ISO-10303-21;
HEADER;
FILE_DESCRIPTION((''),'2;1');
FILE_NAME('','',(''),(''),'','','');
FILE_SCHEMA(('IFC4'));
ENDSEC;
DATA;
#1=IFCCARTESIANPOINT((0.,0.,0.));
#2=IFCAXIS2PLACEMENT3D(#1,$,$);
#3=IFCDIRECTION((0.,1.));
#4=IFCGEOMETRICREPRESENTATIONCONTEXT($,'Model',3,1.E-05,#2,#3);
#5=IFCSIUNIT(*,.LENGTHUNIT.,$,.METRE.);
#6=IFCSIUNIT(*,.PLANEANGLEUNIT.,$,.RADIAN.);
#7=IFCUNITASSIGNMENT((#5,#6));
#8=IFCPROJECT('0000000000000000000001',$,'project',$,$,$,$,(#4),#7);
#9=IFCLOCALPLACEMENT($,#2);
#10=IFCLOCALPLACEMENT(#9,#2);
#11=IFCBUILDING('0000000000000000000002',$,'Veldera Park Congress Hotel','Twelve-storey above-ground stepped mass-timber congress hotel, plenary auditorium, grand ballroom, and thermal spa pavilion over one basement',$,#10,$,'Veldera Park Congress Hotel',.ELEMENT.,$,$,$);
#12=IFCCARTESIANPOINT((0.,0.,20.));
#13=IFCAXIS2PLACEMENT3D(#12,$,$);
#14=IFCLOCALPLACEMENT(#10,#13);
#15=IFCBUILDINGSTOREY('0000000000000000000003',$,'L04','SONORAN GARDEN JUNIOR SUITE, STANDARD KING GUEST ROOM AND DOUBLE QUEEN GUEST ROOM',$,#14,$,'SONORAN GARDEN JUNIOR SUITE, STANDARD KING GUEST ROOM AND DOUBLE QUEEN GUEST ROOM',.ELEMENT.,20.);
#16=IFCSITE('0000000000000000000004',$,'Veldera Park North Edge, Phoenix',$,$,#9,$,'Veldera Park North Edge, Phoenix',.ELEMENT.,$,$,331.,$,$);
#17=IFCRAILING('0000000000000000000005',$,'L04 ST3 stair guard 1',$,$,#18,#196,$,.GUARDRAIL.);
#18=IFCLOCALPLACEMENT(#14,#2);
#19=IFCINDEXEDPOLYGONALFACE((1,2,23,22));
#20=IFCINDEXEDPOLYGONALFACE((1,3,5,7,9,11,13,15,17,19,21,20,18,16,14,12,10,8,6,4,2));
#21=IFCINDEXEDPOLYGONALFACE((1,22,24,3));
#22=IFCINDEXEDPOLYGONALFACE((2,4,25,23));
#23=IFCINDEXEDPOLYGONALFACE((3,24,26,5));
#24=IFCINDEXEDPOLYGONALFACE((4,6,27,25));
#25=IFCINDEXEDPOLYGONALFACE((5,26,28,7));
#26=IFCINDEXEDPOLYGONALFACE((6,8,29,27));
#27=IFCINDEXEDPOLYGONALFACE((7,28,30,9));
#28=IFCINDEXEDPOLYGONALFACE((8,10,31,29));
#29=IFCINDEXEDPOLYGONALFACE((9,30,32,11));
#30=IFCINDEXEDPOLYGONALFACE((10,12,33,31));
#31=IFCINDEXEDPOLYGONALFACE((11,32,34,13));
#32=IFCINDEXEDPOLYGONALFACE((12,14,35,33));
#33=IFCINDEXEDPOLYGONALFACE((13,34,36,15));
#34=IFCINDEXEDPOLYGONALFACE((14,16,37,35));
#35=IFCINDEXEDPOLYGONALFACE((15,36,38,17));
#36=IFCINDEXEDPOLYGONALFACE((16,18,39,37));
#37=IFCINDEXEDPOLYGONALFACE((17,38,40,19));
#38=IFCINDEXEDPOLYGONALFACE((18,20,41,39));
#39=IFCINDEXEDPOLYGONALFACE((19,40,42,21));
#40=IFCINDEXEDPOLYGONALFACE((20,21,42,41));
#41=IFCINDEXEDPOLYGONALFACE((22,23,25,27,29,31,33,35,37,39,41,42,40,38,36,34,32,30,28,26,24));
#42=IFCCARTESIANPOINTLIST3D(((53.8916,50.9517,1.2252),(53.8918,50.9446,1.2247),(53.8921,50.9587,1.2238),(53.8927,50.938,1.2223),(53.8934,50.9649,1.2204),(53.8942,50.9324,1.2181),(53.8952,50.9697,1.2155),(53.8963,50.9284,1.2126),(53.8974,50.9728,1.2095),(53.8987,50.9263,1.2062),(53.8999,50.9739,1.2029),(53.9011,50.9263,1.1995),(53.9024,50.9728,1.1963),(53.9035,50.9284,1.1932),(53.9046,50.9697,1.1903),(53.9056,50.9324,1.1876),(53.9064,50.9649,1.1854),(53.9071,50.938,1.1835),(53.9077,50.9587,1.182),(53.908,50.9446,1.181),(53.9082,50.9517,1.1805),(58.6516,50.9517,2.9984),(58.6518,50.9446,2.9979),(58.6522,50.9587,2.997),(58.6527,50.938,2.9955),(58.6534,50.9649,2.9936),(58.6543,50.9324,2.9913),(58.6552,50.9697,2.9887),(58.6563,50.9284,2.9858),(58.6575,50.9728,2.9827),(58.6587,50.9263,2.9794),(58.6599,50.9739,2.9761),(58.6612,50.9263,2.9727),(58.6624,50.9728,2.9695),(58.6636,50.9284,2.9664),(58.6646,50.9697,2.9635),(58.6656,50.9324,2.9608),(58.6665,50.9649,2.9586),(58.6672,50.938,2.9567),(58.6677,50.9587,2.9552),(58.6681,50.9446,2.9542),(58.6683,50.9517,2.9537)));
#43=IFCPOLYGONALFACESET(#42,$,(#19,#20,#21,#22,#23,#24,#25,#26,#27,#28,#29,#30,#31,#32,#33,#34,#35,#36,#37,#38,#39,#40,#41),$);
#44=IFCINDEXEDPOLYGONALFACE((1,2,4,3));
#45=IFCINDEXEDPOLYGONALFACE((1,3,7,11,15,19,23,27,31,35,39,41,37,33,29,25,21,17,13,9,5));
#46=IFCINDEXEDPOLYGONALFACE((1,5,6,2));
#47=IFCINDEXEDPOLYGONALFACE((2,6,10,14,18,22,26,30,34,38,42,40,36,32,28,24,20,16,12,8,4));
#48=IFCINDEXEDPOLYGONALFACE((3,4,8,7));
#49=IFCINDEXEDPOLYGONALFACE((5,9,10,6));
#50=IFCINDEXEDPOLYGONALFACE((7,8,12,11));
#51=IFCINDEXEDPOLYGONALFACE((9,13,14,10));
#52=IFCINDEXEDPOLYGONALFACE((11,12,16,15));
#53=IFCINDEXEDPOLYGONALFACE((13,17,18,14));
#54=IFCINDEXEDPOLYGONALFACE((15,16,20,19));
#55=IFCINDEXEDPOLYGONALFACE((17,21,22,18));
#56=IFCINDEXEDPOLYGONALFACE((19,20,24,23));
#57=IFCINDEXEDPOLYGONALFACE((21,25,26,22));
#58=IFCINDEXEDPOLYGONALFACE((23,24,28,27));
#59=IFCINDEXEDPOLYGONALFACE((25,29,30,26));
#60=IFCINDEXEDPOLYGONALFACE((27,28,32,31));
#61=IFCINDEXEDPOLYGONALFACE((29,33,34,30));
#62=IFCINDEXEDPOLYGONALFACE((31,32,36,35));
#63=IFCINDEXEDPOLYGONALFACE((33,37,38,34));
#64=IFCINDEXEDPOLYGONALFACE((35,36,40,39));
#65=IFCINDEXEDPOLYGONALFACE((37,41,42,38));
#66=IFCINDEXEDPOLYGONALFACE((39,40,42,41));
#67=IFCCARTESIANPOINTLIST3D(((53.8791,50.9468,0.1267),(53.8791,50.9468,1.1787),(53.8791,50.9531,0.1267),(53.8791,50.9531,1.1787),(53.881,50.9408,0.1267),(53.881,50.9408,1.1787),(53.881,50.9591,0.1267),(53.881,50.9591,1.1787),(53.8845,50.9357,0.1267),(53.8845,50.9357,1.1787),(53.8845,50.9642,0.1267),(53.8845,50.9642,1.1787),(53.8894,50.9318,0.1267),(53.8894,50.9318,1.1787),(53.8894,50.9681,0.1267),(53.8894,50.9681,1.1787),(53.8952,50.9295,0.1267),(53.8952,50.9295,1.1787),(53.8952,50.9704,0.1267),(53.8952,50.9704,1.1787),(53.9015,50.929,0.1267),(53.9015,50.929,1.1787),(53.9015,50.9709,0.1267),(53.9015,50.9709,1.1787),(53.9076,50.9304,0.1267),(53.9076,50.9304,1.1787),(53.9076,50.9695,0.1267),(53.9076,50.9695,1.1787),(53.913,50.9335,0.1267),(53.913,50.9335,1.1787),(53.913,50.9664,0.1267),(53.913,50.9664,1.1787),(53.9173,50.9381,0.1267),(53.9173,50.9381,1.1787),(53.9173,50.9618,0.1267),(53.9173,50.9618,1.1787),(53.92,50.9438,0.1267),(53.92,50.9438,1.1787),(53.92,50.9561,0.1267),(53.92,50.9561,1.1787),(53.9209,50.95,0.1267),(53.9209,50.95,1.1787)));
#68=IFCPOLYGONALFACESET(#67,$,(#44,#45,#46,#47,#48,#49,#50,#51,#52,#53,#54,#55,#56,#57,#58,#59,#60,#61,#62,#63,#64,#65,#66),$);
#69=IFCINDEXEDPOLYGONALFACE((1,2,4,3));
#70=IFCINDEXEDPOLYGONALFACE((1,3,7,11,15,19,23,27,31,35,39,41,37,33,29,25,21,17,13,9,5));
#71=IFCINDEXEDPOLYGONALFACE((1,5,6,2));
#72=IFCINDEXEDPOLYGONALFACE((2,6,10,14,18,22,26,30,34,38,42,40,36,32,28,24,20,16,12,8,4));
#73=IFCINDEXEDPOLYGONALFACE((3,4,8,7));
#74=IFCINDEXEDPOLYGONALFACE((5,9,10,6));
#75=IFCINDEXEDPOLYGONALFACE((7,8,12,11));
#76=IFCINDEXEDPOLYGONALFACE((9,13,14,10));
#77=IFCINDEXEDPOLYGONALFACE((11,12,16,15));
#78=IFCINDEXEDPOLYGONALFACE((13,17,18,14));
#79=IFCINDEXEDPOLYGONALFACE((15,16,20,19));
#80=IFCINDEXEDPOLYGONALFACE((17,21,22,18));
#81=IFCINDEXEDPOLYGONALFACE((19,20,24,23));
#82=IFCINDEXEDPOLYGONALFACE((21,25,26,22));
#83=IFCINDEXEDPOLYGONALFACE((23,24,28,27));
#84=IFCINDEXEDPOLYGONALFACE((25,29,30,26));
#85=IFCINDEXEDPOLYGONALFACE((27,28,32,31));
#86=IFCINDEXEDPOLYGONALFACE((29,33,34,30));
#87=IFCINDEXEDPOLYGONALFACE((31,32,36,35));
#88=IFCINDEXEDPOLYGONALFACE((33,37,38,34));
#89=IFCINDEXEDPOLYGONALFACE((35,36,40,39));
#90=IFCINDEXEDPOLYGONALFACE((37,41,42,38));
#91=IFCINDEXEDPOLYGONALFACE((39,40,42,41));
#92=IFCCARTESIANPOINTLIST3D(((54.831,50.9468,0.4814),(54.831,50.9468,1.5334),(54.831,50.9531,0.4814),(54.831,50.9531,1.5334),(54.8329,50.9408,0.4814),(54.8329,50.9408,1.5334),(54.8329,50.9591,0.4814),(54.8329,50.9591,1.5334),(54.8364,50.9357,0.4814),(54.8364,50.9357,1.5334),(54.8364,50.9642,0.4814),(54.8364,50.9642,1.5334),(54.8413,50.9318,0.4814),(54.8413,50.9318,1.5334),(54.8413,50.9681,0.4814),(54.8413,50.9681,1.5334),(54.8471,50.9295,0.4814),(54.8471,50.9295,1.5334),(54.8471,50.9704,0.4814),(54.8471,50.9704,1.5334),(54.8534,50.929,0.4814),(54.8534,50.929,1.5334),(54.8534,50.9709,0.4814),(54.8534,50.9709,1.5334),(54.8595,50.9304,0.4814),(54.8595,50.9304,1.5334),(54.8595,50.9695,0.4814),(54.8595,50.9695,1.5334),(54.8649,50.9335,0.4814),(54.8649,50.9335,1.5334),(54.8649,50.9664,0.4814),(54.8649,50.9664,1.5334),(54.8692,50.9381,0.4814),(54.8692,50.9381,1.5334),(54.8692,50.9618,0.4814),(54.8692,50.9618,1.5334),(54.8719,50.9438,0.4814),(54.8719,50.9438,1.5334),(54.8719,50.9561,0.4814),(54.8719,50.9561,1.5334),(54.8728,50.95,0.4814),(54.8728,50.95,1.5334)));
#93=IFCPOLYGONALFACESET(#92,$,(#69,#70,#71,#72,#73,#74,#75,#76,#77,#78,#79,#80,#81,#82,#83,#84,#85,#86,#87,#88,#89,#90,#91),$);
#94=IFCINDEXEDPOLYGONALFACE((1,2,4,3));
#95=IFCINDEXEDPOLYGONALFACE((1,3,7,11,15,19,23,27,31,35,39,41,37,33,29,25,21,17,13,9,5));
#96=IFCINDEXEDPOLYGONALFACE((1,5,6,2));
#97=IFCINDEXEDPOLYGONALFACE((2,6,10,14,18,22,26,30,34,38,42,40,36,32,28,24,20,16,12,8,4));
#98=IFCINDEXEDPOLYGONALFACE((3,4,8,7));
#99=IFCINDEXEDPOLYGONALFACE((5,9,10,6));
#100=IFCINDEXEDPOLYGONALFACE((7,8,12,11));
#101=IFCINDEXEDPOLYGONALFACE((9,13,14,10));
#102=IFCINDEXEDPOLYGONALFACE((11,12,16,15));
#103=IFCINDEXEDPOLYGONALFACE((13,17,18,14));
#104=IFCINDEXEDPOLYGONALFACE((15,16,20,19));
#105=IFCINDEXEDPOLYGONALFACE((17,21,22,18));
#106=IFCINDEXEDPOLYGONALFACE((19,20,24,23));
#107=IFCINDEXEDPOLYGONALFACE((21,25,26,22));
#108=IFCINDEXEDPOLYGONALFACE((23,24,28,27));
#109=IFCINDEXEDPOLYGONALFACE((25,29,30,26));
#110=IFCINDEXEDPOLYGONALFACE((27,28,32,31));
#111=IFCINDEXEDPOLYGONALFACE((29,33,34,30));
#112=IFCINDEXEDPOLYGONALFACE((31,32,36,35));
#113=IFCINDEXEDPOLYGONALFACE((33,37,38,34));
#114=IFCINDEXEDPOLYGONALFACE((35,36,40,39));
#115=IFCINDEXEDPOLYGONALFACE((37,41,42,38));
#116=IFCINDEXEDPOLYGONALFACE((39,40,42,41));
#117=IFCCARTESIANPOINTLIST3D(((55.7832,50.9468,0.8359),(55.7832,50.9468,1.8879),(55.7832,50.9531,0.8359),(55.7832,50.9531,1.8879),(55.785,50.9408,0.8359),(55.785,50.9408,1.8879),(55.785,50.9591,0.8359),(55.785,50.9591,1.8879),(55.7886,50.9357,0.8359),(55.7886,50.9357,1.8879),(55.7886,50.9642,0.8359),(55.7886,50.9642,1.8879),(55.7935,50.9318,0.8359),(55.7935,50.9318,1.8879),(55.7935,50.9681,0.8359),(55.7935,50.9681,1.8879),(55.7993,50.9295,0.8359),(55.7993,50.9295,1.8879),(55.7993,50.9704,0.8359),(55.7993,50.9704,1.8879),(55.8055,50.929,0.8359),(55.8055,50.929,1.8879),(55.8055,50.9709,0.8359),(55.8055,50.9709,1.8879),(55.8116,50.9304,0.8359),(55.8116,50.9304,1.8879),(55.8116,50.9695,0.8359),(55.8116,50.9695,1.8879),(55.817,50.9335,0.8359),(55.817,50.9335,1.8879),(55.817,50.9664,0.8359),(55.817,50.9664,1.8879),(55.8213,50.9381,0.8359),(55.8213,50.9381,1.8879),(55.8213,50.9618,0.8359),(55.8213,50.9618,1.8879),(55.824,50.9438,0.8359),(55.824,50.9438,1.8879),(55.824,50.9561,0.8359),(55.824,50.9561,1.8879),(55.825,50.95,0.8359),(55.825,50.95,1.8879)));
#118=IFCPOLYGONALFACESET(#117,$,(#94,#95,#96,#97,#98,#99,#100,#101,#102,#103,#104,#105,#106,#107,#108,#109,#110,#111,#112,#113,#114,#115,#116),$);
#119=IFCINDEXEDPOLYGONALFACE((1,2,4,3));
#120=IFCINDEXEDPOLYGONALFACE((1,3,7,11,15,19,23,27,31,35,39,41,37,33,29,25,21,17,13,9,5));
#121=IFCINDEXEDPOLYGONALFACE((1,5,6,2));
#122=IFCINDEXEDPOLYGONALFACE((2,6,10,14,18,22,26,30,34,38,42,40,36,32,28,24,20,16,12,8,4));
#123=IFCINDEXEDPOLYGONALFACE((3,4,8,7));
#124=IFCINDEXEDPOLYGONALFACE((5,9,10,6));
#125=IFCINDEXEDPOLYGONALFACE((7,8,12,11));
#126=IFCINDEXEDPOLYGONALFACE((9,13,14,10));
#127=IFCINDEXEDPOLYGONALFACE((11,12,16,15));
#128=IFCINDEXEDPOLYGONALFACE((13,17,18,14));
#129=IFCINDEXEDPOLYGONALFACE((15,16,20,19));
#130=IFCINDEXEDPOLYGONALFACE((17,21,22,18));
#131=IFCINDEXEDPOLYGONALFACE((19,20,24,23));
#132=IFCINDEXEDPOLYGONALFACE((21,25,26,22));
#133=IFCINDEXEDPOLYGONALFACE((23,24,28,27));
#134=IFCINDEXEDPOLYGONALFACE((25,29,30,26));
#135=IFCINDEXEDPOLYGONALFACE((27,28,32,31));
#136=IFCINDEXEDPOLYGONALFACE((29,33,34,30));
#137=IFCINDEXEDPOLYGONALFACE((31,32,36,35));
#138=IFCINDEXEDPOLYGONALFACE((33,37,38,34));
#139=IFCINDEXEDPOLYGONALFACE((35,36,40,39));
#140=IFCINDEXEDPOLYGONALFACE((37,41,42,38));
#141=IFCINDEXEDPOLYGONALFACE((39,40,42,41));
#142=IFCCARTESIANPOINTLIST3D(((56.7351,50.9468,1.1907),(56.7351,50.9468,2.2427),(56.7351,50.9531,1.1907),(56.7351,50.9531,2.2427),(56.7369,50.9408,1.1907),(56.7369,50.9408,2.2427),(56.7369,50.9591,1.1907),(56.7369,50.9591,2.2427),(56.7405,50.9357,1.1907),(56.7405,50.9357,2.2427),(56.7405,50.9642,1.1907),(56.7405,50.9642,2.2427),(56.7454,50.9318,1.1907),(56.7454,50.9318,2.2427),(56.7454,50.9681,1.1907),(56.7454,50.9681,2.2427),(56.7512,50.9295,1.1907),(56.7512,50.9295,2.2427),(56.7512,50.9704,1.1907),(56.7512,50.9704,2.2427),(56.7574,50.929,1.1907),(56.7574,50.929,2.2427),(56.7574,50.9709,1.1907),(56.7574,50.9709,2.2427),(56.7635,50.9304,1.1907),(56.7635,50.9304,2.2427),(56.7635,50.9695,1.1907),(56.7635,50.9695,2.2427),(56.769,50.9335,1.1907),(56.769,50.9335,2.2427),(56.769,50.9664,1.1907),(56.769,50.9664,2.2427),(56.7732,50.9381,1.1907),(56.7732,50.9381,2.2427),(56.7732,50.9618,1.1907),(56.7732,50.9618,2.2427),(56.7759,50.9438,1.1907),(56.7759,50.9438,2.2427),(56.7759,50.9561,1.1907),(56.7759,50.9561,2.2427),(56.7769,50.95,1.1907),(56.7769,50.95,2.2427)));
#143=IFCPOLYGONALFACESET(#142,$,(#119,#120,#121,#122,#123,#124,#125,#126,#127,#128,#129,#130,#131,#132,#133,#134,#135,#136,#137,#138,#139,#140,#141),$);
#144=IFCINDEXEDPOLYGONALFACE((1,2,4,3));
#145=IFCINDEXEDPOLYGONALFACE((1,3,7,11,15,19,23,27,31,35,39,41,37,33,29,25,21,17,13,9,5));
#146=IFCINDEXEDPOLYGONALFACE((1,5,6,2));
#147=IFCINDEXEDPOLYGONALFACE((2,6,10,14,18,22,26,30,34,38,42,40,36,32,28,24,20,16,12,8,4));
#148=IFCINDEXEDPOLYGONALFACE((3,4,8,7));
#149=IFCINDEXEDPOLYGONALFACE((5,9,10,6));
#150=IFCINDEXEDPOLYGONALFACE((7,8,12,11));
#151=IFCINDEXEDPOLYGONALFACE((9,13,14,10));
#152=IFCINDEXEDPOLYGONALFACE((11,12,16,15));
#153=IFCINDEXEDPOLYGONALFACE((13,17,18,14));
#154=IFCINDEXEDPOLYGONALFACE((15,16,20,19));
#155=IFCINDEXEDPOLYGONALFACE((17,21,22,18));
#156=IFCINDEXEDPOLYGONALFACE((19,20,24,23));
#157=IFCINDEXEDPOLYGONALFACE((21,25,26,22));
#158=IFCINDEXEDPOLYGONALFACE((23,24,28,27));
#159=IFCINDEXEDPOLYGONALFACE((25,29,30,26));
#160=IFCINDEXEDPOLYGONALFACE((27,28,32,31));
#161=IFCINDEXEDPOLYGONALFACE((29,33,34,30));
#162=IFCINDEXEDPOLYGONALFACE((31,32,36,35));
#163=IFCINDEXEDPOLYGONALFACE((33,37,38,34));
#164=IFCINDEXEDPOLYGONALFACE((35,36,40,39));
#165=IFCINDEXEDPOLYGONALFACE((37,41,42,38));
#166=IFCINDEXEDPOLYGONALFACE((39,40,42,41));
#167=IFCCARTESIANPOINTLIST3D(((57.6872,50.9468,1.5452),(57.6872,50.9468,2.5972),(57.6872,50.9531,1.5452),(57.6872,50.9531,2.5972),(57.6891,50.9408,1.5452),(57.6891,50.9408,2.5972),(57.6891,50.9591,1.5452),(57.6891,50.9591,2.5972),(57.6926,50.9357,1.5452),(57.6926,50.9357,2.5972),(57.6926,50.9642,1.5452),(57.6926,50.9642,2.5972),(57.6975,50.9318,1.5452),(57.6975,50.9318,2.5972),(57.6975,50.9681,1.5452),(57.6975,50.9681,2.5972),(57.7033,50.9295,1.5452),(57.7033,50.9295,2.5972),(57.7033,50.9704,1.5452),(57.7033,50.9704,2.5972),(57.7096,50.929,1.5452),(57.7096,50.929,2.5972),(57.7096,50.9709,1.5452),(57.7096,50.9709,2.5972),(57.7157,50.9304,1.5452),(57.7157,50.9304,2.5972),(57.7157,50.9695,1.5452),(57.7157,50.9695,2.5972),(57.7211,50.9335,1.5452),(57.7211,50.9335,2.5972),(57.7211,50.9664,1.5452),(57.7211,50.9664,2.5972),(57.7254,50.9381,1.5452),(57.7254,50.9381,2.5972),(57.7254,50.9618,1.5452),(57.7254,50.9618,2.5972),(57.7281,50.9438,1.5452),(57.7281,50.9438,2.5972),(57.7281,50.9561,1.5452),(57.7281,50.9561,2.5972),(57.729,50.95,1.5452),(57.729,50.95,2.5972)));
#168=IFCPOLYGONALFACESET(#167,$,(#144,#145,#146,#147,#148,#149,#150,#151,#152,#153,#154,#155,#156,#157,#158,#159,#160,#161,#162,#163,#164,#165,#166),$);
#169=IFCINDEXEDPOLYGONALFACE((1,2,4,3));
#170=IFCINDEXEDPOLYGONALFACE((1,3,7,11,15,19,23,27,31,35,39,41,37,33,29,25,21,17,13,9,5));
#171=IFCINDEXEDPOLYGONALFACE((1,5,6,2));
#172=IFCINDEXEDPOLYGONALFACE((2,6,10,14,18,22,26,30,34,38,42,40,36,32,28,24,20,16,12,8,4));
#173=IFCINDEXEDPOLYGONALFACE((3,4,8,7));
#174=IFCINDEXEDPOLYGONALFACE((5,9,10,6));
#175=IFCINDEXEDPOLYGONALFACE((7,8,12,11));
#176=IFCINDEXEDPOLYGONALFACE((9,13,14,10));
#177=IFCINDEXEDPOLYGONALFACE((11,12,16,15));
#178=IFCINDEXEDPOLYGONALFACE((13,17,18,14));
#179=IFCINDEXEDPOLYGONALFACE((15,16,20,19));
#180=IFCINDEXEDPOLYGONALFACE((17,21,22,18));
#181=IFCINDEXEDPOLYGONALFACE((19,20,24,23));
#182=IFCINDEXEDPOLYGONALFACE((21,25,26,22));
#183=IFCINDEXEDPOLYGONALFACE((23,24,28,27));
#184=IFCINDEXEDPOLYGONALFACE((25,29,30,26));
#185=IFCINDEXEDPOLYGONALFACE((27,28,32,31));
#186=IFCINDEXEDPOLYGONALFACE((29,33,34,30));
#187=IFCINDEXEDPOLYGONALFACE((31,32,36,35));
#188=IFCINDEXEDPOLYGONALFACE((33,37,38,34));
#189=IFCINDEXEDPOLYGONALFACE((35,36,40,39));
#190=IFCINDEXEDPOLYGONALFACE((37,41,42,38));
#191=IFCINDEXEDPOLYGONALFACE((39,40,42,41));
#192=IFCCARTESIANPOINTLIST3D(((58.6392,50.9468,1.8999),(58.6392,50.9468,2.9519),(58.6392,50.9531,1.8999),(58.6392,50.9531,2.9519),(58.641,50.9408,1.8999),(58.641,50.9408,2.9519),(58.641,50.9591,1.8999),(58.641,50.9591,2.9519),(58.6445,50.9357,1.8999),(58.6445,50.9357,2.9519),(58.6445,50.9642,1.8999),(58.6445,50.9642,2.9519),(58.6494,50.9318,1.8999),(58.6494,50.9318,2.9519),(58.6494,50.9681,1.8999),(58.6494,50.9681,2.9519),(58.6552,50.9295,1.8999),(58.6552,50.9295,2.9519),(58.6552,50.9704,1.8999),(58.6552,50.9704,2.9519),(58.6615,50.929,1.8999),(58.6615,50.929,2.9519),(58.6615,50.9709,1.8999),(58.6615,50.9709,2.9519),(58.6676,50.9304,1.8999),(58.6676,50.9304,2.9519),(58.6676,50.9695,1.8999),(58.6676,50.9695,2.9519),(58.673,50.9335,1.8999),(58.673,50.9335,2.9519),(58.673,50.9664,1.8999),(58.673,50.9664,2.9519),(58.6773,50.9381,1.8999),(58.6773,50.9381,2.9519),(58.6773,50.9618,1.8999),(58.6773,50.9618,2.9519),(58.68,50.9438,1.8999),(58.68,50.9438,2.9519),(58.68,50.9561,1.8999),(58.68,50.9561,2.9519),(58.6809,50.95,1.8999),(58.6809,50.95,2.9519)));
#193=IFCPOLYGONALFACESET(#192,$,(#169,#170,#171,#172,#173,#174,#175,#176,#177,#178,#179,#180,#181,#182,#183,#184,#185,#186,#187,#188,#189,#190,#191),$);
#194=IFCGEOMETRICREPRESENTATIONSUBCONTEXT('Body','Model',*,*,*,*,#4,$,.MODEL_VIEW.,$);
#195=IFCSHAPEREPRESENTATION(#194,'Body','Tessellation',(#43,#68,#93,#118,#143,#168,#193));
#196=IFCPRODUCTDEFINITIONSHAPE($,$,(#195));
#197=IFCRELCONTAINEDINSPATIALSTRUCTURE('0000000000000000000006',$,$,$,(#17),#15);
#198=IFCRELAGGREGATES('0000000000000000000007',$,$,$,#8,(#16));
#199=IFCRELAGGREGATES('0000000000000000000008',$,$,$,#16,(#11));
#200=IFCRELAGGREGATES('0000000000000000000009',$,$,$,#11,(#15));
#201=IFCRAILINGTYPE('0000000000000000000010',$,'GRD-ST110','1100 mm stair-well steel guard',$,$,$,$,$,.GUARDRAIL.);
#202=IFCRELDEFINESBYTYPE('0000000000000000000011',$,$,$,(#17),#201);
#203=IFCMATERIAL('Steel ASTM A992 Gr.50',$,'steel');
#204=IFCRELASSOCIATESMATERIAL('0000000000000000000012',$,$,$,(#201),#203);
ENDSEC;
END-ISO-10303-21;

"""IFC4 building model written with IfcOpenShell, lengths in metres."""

from ifc_helpers import new_model, si_unit, direction, frame, origin, origin_2d, place, context, subcontext, project, spatial, circle, extrude, material, type_object, element, save


model = new_model("IFC4")

# Units and contexts
model_context = context("Model", 3, precision=1e-05, world=origin(), true_north=direction((0.0, 1.0)))
body_context = subcontext(model_context, "Body", "Model", "MODEL_VIEW")
ifc_project = project(units=[si_unit("LENGTHUNIT", "METRE"), si_unit("PLANEANGLEUNIT", "RADIAN")], contexts=[model_context])

# Site, building, storey
site_placement = place(None, origin())
site = spatial("IfcSite", under=ifc_project, at=site_placement, Name="Veldera Park North Edge, Phoenix", LongName="Veldera Park North Edge, Phoenix", CompositionType="ELEMENT", RefElevation=331.0)
building_placement = place(site_placement, origin())
building = spatial("IfcBuilding", under=site, at=building_placement, Name="Veldera Park Congress Hotel", Description="Twelve-storey above-ground stepped mass-timber congress hotel, plenary auditorium, grand ballroom, and thermal spa pavilion over one basement", LongName="Veldera Park Congress Hotel", CompositionType="ELEMENT")
storey_placement = place(building_placement, frame((0.0, 0.0, 20.0)))
storey = spatial("IfcBuildingStorey", under=building, at=storey_placement, Name="L04", Description="SONORAN GARDEN JUNIOR SUITE, STANDARD KING GUEST ROOM AND DOUBLE QUEEN GUEST ROOM", LongName="SONORAN GARDEN JUNIOR SUITE, STANDARD KING GUEST ROOM AND DOUBLE QUEEN GUEST ROOM", CompositionType="ELEMENT", Elevation=20.0)

# Railing
ifc_material_1 = material(Name="Steel ASTM A992 Gr.50", Category="steel")
railing_type_1 = type_object("IfcRailingType", Name="GRD-ST110", Description="1100 mm stair-well steel guard", PredefinedType="GUARDRAIL", material=ifc_material_1)
railing_1_placement = place(storey_placement, frame((53.8999, 50.95, 0.1267)))
element("IfcRailing", 1, at=railing_1_placement, inside=storey, type_object=railing_type_1, Name="L04 ST3 stair guard 1", PredefinedType="GUARDRAIL", context=body_context, shape_type="SweptSolid", body=[
    extrude(circle(Radius=0.0239, at=origin_2d()), frame((0.0, 0.0, 1.0762), z_axis=(0.937091, 0.0, 0.349084), x_axis=(0.0, 1.0, 0.0)), (0.0, 0.0, 1.0), 5.0796),
    extrude(circle(Radius=0.021, at=origin_2d()), origin(), (0.0, 0.0, 1.0), 1.052),
    extrude(circle(Radius=0.021, at=origin_2d()), frame((0.9519, 0.0, 0.3547)), (0.0, 0.0, 1.0), 1.052),
    extrude(circle(Radius=0.021, at=origin_2d()), frame((1.9041, 0.0, 0.7092)), (0.0, 0.0, 1.0), 1.052),
    extrude(circle(Radius=0.021, at=origin_2d()), frame((2.856, 0.0, 1.064)), (0.0, 0.0, 1.0), 1.052),
    extrude(circle(Radius=0.021, at=origin_2d()), frame((3.8081, 0.0, 1.4185)), (0.0, 0.0, 1.0), 1.052),
    extrude(circle(Radius=0.021, at=origin_2d()), frame((4.76, 0.0, 1.7732)), (0.0, 0.0, 1.0), 1.052),
])

save(model, "model.ifc")
